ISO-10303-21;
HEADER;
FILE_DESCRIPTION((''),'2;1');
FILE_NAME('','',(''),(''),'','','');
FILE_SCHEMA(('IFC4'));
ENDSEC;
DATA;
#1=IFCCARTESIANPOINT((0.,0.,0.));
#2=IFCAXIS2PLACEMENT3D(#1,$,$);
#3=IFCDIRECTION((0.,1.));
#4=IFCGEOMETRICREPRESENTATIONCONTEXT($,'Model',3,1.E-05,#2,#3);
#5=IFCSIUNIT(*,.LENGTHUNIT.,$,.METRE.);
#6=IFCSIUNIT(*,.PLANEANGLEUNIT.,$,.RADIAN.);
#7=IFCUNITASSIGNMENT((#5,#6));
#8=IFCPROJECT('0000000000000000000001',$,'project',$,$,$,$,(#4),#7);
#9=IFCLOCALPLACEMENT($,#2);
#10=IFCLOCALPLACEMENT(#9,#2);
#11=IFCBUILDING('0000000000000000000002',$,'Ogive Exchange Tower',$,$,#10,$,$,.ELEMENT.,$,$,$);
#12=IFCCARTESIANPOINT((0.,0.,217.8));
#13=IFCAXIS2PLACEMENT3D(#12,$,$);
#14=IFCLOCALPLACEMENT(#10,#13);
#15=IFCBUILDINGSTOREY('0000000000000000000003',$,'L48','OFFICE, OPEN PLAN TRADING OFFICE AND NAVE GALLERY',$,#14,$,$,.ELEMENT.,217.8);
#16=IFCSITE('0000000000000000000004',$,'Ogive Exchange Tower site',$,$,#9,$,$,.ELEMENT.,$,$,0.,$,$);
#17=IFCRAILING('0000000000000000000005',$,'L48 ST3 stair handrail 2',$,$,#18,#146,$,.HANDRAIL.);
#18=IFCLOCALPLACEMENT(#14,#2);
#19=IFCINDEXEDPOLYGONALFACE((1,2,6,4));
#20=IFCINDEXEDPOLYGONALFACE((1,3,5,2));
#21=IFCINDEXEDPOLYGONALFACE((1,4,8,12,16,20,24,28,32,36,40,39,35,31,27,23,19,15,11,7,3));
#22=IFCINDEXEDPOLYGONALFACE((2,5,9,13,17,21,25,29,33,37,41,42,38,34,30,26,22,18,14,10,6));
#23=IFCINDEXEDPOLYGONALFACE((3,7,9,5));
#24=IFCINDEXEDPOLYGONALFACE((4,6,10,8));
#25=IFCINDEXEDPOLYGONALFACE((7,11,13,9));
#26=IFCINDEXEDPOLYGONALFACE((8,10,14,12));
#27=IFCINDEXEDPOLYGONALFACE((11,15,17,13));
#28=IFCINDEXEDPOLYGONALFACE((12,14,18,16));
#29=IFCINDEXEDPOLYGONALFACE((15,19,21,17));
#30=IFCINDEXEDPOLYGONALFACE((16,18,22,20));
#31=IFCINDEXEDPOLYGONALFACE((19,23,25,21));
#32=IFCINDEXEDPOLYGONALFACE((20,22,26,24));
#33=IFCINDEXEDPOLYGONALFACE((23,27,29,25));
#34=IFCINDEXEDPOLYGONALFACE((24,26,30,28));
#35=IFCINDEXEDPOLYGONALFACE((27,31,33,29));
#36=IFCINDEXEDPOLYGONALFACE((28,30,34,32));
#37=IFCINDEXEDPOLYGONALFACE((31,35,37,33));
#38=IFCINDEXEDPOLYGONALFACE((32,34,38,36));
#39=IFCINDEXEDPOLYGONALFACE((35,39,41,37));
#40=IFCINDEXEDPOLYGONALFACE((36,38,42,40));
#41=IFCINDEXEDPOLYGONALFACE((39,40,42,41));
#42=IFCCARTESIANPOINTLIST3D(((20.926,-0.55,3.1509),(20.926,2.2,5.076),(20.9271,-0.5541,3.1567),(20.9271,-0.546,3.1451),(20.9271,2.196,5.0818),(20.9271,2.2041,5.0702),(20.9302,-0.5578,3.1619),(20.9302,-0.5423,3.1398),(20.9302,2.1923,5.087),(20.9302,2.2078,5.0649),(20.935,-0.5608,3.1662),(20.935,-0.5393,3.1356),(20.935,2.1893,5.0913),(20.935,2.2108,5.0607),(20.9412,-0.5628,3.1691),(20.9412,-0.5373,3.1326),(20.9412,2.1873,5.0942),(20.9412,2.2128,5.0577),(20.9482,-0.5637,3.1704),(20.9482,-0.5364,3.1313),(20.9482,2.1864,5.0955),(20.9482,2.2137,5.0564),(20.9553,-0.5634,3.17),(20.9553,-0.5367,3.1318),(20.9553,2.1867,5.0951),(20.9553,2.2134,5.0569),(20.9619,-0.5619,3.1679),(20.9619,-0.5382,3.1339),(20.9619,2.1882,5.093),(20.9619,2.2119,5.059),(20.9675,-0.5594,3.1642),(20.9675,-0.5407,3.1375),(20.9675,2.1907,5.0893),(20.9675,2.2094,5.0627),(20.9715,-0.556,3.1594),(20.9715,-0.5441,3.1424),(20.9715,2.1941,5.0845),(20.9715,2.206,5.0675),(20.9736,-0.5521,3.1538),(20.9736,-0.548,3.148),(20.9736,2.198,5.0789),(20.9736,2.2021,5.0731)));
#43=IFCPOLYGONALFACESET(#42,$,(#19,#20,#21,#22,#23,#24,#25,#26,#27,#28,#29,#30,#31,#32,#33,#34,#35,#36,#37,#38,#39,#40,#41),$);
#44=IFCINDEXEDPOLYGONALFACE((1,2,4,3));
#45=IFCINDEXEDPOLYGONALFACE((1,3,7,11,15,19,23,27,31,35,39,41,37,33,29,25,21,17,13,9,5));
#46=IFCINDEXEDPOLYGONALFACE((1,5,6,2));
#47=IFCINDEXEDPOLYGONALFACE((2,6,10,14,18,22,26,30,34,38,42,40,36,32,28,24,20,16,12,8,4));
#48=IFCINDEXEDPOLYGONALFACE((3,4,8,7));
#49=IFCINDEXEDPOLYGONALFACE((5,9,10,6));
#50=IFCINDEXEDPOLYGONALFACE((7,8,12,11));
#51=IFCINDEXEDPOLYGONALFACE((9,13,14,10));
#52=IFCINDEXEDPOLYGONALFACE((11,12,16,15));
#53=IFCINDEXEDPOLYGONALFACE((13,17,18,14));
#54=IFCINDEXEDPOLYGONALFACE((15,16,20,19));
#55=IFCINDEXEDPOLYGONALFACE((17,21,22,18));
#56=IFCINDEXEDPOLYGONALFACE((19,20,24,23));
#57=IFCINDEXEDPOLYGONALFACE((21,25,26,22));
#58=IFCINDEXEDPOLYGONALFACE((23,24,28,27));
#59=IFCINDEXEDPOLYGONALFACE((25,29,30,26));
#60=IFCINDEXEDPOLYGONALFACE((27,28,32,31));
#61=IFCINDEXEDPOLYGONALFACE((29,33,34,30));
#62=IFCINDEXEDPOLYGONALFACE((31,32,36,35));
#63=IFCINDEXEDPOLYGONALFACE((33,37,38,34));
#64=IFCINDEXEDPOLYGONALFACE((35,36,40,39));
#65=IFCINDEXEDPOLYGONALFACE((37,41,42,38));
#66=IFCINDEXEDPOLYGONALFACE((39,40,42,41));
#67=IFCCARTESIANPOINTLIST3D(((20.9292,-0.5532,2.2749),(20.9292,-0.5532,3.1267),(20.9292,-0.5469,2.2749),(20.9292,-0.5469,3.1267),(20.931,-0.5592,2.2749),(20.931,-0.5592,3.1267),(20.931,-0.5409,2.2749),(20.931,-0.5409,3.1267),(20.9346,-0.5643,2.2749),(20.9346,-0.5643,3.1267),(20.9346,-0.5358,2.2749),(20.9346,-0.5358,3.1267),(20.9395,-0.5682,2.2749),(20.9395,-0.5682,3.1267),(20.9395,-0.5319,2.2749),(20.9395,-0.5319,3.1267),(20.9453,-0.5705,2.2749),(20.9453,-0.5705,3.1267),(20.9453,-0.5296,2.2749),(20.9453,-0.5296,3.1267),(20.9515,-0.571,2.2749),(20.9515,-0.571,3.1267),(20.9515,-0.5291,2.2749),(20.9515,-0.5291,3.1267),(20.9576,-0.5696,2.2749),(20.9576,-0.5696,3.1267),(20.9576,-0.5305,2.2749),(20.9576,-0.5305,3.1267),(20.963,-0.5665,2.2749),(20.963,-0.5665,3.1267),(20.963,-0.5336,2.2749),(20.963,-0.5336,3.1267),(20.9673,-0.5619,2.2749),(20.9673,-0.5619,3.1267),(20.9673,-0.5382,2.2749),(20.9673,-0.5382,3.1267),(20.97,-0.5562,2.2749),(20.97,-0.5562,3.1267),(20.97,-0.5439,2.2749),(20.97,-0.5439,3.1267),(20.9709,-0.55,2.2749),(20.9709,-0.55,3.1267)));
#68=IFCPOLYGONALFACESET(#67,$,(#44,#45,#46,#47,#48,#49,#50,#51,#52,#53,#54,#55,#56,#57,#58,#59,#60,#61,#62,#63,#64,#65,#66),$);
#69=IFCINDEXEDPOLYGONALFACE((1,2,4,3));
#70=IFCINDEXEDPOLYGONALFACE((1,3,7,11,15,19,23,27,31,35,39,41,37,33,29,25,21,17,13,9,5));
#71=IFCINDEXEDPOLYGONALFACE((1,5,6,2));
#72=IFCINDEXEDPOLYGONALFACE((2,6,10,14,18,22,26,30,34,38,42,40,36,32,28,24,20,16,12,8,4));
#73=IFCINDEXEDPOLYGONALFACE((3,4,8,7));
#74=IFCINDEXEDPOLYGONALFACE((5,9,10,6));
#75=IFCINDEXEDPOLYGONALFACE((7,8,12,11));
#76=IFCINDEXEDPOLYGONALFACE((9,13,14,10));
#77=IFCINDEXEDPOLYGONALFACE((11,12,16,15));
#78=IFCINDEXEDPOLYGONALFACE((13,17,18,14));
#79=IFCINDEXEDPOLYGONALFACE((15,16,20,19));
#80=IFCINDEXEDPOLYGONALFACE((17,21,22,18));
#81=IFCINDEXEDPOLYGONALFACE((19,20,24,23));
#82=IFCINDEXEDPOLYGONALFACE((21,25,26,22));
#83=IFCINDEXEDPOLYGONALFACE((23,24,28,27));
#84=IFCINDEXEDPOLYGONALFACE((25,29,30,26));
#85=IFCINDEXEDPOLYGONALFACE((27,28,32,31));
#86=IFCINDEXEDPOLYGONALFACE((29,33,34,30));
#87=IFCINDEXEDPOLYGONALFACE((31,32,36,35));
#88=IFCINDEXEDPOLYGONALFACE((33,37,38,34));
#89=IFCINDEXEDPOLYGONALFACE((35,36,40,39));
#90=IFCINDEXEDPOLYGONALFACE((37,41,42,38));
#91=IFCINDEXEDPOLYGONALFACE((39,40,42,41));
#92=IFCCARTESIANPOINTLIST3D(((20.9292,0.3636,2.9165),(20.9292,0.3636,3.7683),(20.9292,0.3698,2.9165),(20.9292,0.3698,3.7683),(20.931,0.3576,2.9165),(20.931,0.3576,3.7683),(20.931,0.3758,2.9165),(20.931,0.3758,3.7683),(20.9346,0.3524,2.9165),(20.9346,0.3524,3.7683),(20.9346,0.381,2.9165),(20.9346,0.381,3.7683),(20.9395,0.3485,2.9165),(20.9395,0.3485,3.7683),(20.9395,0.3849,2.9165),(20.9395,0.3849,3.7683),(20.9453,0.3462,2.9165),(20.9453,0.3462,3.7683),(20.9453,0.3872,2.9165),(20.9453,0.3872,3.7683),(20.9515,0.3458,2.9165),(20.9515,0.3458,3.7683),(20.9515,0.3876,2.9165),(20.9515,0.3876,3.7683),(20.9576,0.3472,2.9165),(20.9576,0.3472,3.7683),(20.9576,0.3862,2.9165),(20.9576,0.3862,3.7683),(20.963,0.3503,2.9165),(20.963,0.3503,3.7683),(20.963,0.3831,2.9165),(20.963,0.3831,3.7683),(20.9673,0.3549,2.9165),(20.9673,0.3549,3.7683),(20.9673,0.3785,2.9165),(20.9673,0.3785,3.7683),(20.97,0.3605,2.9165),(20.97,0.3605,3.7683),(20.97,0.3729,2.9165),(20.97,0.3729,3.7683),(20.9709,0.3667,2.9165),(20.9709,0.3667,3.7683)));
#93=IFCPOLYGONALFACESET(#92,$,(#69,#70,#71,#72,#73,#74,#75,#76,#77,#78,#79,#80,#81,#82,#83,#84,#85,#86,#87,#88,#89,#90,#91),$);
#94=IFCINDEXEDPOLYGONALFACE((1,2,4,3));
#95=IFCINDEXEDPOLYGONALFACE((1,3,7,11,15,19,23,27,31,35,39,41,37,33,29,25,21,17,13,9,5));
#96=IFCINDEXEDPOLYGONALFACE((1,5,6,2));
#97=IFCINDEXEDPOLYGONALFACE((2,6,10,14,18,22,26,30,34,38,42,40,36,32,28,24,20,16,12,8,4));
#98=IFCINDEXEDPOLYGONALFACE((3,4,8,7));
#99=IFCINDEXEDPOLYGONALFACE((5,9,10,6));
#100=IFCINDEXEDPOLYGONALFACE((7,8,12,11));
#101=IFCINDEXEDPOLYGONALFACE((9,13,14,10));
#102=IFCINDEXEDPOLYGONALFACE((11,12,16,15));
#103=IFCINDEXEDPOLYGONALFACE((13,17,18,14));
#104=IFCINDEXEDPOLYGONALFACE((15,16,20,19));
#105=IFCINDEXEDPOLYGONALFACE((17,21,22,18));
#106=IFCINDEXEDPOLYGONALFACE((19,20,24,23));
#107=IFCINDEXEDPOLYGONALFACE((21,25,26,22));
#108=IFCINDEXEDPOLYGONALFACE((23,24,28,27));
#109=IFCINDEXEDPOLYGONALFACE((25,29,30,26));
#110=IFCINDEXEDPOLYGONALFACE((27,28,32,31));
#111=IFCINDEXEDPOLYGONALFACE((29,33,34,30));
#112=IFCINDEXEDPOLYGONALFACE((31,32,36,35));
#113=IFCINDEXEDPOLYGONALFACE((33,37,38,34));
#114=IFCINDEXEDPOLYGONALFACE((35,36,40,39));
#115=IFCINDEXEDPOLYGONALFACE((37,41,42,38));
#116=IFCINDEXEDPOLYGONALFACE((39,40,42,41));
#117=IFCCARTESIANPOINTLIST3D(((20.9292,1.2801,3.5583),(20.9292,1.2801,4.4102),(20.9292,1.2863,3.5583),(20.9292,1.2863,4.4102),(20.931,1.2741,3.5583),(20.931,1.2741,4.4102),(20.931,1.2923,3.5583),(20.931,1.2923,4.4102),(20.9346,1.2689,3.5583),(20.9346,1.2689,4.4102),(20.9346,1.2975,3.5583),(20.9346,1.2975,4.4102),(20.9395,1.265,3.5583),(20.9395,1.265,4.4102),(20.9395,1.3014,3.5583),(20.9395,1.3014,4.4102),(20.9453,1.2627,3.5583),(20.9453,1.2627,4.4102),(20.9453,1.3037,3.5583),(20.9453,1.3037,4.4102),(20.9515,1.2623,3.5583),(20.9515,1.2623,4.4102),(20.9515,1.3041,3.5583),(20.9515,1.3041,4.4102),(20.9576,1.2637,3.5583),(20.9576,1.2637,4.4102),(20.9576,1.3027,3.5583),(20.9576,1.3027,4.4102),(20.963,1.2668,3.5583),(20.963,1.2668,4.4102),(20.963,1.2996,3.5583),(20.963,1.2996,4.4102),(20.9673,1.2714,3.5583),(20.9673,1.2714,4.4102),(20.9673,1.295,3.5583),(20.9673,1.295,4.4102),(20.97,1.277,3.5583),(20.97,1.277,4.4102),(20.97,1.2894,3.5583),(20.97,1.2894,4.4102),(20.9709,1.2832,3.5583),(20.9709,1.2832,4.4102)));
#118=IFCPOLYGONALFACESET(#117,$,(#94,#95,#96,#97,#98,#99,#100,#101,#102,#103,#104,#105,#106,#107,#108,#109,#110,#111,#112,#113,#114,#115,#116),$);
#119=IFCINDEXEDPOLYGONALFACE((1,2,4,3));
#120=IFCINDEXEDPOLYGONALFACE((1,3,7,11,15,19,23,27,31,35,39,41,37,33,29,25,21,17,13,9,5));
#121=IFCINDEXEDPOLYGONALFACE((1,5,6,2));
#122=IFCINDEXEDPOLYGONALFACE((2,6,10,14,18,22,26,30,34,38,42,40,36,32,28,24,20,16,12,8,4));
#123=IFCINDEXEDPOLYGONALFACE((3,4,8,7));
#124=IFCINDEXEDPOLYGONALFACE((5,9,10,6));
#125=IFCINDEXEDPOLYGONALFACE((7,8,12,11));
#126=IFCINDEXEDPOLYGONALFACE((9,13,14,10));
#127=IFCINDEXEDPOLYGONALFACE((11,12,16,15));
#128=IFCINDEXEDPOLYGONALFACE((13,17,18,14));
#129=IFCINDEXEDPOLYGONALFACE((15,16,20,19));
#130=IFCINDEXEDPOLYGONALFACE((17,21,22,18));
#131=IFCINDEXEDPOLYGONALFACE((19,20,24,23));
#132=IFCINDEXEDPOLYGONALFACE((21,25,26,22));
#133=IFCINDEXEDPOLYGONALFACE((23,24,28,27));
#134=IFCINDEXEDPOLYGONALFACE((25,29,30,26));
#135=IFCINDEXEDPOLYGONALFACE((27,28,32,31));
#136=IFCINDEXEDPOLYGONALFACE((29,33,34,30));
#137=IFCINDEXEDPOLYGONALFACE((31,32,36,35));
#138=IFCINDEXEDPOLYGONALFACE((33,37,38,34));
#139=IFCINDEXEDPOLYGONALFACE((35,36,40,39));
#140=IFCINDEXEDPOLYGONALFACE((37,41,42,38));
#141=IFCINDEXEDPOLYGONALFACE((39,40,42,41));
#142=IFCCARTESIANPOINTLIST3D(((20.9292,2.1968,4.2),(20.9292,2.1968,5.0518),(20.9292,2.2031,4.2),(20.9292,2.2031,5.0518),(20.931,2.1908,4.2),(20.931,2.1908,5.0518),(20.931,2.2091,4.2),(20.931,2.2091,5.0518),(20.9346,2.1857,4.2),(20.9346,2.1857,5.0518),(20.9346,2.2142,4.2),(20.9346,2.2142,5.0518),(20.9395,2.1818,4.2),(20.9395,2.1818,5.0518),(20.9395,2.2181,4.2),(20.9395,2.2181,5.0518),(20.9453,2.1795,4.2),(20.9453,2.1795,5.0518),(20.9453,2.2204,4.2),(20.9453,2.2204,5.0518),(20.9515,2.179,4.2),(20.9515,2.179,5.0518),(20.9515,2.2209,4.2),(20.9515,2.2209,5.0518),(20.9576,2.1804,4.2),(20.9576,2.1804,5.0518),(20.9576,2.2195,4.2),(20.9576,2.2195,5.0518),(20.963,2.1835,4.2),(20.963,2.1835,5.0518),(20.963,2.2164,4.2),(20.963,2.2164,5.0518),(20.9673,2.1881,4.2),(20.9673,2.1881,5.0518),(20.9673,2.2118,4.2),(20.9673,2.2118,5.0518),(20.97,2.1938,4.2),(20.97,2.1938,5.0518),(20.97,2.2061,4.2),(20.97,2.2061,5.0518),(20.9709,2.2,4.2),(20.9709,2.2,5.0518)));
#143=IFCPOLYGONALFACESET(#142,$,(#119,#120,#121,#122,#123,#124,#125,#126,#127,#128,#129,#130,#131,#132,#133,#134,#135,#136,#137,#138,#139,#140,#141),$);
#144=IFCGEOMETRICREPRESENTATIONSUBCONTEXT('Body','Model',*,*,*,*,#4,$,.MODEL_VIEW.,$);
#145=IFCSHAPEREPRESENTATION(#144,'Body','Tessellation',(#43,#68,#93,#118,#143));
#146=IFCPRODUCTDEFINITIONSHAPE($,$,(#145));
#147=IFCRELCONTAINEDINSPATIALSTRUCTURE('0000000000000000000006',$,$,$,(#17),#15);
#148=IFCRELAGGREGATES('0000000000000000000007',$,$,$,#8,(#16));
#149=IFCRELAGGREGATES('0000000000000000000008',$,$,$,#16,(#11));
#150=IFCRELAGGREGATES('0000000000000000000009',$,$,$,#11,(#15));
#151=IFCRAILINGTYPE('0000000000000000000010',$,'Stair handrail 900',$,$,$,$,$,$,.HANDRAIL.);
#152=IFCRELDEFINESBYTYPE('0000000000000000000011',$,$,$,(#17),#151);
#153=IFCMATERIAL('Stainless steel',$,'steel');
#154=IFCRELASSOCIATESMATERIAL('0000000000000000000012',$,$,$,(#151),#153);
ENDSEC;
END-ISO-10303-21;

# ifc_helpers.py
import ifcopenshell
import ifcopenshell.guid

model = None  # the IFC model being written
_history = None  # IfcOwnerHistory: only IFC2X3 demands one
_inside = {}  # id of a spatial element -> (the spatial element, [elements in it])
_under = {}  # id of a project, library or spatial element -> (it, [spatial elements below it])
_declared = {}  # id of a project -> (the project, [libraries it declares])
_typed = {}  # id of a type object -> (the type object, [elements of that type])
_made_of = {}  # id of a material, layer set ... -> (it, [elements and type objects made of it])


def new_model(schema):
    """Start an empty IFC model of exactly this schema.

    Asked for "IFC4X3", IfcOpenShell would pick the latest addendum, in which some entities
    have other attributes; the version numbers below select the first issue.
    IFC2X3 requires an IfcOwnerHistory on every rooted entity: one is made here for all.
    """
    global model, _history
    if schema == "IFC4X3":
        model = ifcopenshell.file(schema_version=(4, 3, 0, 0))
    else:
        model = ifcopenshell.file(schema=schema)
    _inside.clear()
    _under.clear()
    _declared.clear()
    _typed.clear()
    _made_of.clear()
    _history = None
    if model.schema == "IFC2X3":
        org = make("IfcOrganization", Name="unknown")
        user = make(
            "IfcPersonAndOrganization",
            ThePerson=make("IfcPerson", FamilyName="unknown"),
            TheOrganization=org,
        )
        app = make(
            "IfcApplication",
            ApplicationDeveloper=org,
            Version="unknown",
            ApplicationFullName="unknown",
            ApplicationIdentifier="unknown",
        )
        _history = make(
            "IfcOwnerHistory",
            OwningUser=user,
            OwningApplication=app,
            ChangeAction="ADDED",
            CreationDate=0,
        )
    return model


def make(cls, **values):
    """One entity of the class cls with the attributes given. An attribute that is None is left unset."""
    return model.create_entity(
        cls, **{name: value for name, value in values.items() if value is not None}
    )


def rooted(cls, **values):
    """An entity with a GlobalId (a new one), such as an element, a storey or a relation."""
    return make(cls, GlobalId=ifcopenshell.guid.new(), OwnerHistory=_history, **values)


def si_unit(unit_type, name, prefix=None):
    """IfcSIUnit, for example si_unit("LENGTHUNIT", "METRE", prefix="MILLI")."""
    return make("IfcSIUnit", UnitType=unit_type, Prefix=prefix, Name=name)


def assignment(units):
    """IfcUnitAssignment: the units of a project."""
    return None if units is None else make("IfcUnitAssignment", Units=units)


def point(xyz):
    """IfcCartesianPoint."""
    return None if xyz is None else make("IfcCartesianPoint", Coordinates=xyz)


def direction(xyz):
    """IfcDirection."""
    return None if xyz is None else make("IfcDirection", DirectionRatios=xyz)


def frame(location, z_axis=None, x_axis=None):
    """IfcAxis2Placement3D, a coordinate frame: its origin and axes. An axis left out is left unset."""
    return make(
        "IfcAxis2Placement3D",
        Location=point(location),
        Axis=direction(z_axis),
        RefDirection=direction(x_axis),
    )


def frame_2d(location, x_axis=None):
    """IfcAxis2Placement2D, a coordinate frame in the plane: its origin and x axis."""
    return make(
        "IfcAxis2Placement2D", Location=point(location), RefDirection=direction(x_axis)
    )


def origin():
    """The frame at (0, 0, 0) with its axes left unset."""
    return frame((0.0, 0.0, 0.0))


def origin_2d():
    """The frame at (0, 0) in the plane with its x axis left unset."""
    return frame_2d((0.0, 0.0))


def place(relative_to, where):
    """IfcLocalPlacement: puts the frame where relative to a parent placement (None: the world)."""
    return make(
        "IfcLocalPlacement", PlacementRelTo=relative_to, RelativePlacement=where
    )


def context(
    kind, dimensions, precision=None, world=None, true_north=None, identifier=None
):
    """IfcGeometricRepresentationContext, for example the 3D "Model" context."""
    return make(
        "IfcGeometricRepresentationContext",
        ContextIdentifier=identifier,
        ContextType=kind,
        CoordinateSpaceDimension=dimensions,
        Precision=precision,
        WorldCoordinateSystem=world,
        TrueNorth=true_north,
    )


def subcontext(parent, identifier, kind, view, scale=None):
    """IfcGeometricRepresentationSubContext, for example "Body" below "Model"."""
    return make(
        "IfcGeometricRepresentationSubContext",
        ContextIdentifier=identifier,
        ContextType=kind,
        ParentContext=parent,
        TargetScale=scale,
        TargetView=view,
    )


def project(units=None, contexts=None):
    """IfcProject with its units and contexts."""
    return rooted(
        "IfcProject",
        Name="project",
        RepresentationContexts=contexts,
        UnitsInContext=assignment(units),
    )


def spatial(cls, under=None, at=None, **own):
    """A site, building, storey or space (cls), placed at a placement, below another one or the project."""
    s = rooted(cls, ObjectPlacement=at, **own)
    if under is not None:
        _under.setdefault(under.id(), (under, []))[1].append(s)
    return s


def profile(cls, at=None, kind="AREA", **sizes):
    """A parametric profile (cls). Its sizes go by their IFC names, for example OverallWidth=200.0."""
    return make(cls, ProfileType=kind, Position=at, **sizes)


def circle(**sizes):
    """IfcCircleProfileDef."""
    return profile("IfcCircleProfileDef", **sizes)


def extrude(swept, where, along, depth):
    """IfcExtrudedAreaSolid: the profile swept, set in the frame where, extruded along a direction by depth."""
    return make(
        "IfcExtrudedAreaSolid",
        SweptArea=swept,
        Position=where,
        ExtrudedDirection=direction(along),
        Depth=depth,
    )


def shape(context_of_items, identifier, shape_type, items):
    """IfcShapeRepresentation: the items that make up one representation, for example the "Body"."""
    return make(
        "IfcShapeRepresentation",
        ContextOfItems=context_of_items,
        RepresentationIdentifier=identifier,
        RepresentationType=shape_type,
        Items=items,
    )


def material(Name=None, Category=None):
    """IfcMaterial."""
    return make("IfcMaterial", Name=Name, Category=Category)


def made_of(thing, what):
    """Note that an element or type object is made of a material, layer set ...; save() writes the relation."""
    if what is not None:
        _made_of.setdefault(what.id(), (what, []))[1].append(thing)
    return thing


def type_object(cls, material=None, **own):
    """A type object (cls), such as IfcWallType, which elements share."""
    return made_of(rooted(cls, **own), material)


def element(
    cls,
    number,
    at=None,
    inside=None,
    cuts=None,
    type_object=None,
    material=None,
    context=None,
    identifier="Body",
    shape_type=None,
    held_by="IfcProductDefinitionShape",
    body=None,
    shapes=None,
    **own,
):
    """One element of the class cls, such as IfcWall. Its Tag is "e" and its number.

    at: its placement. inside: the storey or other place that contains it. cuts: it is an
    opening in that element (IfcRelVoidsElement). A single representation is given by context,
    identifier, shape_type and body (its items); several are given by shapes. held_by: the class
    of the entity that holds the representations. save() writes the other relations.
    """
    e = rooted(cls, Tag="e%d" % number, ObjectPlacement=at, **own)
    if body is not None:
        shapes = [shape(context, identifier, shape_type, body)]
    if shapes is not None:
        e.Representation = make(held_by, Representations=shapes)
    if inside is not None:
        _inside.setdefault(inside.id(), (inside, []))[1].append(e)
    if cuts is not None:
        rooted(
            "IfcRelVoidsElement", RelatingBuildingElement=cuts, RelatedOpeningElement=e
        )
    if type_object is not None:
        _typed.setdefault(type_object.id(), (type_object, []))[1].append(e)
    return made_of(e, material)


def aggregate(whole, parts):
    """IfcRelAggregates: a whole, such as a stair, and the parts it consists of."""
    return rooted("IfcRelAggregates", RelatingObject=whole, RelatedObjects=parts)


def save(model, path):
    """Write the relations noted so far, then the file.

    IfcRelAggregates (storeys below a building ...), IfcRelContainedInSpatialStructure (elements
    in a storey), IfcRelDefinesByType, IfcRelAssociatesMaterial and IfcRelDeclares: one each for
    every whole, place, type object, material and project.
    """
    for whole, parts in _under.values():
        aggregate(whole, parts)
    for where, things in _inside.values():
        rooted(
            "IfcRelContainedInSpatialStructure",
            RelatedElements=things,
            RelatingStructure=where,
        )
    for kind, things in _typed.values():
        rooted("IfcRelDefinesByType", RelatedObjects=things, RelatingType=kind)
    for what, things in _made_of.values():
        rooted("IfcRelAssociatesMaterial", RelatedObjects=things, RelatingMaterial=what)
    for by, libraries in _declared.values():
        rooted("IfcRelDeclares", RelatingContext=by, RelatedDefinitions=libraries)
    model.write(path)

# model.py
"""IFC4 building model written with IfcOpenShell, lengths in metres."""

from ifc_helpers import new_model, si_unit, direction, frame, origin, origin_2d, place, context, subcontext, project, spatial, circle, extrude, material, type_object, element, save


model = new_model("IFC4")

# Units and contexts
model_context = context("Model", 3, precision=1e-05, world=origin(), true_north=direction((0.0, 1.0)))
body_context = subcontext(model_context, "Body", "Model", "MODEL_VIEW")
ifc_project = project(units=[si_unit("LENGTHUNIT", "METRE"), si_unit("PLANEANGLEUNIT", "RADIAN")], contexts=[model_context])

# Site, building, storey
site_placement = place(None, origin())
site = spatial("IfcSite", under=ifc_project, at=site_placement, Name="Ogive Exchange Tower site", CompositionType="ELEMENT", RefElevation=0.0)
building_placement = place(site_placement, origin())
building = spatial("IfcBuilding", under=site, at=building_placement, Name="Ogive Exchange Tower", CompositionType="ELEMENT")
storey_placement = place(building_placement, frame((0.0, 0.0, 217.8)))
storey = spatial("IfcBuildingStorey", under=building, at=storey_placement, Name="L48", Description="OFFICE, OPEN PLAN TRADING OFFICE AND NAVE GALLERY", CompositionType="ELEMENT", Elevation=217.8)

# Railing
ifc_material_1 = material(Name="Stainless steel", Category="steel")
railing_type = type_object("IfcRailingType", Name="Stair handrail 900", PredefinedType="HANDRAIL", material=ifc_material_1)
railing_placement = place(storey_placement, frame((20.95, -0.55, 2.2749)))
element("IfcRailing", 1, at=railing_placement, inside=storey, type_object=railing_type, Name="L48 ST3 stair handrail 2", PredefinedType="HANDRAIL", context=body_context, shape_type="SweptSolid", body=[
    extrude(circle(Radius=0.0239, at=origin_2d()), frame((0.0, 0.0, 0.876), z_axis=(0.0, 0.819225, 0.573472), x_axis=(-1.0, 0.0, 0.0)), (0.0, 0.0, 1.0), 3.3569),
    extrude(circle(Radius=0.021, at=origin_2d()), origin(), (0.0, 0.0, 1.0), 0.8518),
    extrude(circle(Radius=0.021, at=origin_2d()), frame((0.0, 0.9167, 0.6416)), (0.0, 0.0, 1.0), 0.8518),
    extrude(circle(Radius=0.021, at=origin_2d()), frame((0.0, 1.8333, 1.2834)), (0.0, 0.0, 1.0), 0.8518),
    extrude(circle(Radius=0.021, at=origin_2d()), frame((0.0, 2.75, 1.925)), (0.0, 0.0, 1.0), 0.8518),
])

save(model, "model.ifc")
